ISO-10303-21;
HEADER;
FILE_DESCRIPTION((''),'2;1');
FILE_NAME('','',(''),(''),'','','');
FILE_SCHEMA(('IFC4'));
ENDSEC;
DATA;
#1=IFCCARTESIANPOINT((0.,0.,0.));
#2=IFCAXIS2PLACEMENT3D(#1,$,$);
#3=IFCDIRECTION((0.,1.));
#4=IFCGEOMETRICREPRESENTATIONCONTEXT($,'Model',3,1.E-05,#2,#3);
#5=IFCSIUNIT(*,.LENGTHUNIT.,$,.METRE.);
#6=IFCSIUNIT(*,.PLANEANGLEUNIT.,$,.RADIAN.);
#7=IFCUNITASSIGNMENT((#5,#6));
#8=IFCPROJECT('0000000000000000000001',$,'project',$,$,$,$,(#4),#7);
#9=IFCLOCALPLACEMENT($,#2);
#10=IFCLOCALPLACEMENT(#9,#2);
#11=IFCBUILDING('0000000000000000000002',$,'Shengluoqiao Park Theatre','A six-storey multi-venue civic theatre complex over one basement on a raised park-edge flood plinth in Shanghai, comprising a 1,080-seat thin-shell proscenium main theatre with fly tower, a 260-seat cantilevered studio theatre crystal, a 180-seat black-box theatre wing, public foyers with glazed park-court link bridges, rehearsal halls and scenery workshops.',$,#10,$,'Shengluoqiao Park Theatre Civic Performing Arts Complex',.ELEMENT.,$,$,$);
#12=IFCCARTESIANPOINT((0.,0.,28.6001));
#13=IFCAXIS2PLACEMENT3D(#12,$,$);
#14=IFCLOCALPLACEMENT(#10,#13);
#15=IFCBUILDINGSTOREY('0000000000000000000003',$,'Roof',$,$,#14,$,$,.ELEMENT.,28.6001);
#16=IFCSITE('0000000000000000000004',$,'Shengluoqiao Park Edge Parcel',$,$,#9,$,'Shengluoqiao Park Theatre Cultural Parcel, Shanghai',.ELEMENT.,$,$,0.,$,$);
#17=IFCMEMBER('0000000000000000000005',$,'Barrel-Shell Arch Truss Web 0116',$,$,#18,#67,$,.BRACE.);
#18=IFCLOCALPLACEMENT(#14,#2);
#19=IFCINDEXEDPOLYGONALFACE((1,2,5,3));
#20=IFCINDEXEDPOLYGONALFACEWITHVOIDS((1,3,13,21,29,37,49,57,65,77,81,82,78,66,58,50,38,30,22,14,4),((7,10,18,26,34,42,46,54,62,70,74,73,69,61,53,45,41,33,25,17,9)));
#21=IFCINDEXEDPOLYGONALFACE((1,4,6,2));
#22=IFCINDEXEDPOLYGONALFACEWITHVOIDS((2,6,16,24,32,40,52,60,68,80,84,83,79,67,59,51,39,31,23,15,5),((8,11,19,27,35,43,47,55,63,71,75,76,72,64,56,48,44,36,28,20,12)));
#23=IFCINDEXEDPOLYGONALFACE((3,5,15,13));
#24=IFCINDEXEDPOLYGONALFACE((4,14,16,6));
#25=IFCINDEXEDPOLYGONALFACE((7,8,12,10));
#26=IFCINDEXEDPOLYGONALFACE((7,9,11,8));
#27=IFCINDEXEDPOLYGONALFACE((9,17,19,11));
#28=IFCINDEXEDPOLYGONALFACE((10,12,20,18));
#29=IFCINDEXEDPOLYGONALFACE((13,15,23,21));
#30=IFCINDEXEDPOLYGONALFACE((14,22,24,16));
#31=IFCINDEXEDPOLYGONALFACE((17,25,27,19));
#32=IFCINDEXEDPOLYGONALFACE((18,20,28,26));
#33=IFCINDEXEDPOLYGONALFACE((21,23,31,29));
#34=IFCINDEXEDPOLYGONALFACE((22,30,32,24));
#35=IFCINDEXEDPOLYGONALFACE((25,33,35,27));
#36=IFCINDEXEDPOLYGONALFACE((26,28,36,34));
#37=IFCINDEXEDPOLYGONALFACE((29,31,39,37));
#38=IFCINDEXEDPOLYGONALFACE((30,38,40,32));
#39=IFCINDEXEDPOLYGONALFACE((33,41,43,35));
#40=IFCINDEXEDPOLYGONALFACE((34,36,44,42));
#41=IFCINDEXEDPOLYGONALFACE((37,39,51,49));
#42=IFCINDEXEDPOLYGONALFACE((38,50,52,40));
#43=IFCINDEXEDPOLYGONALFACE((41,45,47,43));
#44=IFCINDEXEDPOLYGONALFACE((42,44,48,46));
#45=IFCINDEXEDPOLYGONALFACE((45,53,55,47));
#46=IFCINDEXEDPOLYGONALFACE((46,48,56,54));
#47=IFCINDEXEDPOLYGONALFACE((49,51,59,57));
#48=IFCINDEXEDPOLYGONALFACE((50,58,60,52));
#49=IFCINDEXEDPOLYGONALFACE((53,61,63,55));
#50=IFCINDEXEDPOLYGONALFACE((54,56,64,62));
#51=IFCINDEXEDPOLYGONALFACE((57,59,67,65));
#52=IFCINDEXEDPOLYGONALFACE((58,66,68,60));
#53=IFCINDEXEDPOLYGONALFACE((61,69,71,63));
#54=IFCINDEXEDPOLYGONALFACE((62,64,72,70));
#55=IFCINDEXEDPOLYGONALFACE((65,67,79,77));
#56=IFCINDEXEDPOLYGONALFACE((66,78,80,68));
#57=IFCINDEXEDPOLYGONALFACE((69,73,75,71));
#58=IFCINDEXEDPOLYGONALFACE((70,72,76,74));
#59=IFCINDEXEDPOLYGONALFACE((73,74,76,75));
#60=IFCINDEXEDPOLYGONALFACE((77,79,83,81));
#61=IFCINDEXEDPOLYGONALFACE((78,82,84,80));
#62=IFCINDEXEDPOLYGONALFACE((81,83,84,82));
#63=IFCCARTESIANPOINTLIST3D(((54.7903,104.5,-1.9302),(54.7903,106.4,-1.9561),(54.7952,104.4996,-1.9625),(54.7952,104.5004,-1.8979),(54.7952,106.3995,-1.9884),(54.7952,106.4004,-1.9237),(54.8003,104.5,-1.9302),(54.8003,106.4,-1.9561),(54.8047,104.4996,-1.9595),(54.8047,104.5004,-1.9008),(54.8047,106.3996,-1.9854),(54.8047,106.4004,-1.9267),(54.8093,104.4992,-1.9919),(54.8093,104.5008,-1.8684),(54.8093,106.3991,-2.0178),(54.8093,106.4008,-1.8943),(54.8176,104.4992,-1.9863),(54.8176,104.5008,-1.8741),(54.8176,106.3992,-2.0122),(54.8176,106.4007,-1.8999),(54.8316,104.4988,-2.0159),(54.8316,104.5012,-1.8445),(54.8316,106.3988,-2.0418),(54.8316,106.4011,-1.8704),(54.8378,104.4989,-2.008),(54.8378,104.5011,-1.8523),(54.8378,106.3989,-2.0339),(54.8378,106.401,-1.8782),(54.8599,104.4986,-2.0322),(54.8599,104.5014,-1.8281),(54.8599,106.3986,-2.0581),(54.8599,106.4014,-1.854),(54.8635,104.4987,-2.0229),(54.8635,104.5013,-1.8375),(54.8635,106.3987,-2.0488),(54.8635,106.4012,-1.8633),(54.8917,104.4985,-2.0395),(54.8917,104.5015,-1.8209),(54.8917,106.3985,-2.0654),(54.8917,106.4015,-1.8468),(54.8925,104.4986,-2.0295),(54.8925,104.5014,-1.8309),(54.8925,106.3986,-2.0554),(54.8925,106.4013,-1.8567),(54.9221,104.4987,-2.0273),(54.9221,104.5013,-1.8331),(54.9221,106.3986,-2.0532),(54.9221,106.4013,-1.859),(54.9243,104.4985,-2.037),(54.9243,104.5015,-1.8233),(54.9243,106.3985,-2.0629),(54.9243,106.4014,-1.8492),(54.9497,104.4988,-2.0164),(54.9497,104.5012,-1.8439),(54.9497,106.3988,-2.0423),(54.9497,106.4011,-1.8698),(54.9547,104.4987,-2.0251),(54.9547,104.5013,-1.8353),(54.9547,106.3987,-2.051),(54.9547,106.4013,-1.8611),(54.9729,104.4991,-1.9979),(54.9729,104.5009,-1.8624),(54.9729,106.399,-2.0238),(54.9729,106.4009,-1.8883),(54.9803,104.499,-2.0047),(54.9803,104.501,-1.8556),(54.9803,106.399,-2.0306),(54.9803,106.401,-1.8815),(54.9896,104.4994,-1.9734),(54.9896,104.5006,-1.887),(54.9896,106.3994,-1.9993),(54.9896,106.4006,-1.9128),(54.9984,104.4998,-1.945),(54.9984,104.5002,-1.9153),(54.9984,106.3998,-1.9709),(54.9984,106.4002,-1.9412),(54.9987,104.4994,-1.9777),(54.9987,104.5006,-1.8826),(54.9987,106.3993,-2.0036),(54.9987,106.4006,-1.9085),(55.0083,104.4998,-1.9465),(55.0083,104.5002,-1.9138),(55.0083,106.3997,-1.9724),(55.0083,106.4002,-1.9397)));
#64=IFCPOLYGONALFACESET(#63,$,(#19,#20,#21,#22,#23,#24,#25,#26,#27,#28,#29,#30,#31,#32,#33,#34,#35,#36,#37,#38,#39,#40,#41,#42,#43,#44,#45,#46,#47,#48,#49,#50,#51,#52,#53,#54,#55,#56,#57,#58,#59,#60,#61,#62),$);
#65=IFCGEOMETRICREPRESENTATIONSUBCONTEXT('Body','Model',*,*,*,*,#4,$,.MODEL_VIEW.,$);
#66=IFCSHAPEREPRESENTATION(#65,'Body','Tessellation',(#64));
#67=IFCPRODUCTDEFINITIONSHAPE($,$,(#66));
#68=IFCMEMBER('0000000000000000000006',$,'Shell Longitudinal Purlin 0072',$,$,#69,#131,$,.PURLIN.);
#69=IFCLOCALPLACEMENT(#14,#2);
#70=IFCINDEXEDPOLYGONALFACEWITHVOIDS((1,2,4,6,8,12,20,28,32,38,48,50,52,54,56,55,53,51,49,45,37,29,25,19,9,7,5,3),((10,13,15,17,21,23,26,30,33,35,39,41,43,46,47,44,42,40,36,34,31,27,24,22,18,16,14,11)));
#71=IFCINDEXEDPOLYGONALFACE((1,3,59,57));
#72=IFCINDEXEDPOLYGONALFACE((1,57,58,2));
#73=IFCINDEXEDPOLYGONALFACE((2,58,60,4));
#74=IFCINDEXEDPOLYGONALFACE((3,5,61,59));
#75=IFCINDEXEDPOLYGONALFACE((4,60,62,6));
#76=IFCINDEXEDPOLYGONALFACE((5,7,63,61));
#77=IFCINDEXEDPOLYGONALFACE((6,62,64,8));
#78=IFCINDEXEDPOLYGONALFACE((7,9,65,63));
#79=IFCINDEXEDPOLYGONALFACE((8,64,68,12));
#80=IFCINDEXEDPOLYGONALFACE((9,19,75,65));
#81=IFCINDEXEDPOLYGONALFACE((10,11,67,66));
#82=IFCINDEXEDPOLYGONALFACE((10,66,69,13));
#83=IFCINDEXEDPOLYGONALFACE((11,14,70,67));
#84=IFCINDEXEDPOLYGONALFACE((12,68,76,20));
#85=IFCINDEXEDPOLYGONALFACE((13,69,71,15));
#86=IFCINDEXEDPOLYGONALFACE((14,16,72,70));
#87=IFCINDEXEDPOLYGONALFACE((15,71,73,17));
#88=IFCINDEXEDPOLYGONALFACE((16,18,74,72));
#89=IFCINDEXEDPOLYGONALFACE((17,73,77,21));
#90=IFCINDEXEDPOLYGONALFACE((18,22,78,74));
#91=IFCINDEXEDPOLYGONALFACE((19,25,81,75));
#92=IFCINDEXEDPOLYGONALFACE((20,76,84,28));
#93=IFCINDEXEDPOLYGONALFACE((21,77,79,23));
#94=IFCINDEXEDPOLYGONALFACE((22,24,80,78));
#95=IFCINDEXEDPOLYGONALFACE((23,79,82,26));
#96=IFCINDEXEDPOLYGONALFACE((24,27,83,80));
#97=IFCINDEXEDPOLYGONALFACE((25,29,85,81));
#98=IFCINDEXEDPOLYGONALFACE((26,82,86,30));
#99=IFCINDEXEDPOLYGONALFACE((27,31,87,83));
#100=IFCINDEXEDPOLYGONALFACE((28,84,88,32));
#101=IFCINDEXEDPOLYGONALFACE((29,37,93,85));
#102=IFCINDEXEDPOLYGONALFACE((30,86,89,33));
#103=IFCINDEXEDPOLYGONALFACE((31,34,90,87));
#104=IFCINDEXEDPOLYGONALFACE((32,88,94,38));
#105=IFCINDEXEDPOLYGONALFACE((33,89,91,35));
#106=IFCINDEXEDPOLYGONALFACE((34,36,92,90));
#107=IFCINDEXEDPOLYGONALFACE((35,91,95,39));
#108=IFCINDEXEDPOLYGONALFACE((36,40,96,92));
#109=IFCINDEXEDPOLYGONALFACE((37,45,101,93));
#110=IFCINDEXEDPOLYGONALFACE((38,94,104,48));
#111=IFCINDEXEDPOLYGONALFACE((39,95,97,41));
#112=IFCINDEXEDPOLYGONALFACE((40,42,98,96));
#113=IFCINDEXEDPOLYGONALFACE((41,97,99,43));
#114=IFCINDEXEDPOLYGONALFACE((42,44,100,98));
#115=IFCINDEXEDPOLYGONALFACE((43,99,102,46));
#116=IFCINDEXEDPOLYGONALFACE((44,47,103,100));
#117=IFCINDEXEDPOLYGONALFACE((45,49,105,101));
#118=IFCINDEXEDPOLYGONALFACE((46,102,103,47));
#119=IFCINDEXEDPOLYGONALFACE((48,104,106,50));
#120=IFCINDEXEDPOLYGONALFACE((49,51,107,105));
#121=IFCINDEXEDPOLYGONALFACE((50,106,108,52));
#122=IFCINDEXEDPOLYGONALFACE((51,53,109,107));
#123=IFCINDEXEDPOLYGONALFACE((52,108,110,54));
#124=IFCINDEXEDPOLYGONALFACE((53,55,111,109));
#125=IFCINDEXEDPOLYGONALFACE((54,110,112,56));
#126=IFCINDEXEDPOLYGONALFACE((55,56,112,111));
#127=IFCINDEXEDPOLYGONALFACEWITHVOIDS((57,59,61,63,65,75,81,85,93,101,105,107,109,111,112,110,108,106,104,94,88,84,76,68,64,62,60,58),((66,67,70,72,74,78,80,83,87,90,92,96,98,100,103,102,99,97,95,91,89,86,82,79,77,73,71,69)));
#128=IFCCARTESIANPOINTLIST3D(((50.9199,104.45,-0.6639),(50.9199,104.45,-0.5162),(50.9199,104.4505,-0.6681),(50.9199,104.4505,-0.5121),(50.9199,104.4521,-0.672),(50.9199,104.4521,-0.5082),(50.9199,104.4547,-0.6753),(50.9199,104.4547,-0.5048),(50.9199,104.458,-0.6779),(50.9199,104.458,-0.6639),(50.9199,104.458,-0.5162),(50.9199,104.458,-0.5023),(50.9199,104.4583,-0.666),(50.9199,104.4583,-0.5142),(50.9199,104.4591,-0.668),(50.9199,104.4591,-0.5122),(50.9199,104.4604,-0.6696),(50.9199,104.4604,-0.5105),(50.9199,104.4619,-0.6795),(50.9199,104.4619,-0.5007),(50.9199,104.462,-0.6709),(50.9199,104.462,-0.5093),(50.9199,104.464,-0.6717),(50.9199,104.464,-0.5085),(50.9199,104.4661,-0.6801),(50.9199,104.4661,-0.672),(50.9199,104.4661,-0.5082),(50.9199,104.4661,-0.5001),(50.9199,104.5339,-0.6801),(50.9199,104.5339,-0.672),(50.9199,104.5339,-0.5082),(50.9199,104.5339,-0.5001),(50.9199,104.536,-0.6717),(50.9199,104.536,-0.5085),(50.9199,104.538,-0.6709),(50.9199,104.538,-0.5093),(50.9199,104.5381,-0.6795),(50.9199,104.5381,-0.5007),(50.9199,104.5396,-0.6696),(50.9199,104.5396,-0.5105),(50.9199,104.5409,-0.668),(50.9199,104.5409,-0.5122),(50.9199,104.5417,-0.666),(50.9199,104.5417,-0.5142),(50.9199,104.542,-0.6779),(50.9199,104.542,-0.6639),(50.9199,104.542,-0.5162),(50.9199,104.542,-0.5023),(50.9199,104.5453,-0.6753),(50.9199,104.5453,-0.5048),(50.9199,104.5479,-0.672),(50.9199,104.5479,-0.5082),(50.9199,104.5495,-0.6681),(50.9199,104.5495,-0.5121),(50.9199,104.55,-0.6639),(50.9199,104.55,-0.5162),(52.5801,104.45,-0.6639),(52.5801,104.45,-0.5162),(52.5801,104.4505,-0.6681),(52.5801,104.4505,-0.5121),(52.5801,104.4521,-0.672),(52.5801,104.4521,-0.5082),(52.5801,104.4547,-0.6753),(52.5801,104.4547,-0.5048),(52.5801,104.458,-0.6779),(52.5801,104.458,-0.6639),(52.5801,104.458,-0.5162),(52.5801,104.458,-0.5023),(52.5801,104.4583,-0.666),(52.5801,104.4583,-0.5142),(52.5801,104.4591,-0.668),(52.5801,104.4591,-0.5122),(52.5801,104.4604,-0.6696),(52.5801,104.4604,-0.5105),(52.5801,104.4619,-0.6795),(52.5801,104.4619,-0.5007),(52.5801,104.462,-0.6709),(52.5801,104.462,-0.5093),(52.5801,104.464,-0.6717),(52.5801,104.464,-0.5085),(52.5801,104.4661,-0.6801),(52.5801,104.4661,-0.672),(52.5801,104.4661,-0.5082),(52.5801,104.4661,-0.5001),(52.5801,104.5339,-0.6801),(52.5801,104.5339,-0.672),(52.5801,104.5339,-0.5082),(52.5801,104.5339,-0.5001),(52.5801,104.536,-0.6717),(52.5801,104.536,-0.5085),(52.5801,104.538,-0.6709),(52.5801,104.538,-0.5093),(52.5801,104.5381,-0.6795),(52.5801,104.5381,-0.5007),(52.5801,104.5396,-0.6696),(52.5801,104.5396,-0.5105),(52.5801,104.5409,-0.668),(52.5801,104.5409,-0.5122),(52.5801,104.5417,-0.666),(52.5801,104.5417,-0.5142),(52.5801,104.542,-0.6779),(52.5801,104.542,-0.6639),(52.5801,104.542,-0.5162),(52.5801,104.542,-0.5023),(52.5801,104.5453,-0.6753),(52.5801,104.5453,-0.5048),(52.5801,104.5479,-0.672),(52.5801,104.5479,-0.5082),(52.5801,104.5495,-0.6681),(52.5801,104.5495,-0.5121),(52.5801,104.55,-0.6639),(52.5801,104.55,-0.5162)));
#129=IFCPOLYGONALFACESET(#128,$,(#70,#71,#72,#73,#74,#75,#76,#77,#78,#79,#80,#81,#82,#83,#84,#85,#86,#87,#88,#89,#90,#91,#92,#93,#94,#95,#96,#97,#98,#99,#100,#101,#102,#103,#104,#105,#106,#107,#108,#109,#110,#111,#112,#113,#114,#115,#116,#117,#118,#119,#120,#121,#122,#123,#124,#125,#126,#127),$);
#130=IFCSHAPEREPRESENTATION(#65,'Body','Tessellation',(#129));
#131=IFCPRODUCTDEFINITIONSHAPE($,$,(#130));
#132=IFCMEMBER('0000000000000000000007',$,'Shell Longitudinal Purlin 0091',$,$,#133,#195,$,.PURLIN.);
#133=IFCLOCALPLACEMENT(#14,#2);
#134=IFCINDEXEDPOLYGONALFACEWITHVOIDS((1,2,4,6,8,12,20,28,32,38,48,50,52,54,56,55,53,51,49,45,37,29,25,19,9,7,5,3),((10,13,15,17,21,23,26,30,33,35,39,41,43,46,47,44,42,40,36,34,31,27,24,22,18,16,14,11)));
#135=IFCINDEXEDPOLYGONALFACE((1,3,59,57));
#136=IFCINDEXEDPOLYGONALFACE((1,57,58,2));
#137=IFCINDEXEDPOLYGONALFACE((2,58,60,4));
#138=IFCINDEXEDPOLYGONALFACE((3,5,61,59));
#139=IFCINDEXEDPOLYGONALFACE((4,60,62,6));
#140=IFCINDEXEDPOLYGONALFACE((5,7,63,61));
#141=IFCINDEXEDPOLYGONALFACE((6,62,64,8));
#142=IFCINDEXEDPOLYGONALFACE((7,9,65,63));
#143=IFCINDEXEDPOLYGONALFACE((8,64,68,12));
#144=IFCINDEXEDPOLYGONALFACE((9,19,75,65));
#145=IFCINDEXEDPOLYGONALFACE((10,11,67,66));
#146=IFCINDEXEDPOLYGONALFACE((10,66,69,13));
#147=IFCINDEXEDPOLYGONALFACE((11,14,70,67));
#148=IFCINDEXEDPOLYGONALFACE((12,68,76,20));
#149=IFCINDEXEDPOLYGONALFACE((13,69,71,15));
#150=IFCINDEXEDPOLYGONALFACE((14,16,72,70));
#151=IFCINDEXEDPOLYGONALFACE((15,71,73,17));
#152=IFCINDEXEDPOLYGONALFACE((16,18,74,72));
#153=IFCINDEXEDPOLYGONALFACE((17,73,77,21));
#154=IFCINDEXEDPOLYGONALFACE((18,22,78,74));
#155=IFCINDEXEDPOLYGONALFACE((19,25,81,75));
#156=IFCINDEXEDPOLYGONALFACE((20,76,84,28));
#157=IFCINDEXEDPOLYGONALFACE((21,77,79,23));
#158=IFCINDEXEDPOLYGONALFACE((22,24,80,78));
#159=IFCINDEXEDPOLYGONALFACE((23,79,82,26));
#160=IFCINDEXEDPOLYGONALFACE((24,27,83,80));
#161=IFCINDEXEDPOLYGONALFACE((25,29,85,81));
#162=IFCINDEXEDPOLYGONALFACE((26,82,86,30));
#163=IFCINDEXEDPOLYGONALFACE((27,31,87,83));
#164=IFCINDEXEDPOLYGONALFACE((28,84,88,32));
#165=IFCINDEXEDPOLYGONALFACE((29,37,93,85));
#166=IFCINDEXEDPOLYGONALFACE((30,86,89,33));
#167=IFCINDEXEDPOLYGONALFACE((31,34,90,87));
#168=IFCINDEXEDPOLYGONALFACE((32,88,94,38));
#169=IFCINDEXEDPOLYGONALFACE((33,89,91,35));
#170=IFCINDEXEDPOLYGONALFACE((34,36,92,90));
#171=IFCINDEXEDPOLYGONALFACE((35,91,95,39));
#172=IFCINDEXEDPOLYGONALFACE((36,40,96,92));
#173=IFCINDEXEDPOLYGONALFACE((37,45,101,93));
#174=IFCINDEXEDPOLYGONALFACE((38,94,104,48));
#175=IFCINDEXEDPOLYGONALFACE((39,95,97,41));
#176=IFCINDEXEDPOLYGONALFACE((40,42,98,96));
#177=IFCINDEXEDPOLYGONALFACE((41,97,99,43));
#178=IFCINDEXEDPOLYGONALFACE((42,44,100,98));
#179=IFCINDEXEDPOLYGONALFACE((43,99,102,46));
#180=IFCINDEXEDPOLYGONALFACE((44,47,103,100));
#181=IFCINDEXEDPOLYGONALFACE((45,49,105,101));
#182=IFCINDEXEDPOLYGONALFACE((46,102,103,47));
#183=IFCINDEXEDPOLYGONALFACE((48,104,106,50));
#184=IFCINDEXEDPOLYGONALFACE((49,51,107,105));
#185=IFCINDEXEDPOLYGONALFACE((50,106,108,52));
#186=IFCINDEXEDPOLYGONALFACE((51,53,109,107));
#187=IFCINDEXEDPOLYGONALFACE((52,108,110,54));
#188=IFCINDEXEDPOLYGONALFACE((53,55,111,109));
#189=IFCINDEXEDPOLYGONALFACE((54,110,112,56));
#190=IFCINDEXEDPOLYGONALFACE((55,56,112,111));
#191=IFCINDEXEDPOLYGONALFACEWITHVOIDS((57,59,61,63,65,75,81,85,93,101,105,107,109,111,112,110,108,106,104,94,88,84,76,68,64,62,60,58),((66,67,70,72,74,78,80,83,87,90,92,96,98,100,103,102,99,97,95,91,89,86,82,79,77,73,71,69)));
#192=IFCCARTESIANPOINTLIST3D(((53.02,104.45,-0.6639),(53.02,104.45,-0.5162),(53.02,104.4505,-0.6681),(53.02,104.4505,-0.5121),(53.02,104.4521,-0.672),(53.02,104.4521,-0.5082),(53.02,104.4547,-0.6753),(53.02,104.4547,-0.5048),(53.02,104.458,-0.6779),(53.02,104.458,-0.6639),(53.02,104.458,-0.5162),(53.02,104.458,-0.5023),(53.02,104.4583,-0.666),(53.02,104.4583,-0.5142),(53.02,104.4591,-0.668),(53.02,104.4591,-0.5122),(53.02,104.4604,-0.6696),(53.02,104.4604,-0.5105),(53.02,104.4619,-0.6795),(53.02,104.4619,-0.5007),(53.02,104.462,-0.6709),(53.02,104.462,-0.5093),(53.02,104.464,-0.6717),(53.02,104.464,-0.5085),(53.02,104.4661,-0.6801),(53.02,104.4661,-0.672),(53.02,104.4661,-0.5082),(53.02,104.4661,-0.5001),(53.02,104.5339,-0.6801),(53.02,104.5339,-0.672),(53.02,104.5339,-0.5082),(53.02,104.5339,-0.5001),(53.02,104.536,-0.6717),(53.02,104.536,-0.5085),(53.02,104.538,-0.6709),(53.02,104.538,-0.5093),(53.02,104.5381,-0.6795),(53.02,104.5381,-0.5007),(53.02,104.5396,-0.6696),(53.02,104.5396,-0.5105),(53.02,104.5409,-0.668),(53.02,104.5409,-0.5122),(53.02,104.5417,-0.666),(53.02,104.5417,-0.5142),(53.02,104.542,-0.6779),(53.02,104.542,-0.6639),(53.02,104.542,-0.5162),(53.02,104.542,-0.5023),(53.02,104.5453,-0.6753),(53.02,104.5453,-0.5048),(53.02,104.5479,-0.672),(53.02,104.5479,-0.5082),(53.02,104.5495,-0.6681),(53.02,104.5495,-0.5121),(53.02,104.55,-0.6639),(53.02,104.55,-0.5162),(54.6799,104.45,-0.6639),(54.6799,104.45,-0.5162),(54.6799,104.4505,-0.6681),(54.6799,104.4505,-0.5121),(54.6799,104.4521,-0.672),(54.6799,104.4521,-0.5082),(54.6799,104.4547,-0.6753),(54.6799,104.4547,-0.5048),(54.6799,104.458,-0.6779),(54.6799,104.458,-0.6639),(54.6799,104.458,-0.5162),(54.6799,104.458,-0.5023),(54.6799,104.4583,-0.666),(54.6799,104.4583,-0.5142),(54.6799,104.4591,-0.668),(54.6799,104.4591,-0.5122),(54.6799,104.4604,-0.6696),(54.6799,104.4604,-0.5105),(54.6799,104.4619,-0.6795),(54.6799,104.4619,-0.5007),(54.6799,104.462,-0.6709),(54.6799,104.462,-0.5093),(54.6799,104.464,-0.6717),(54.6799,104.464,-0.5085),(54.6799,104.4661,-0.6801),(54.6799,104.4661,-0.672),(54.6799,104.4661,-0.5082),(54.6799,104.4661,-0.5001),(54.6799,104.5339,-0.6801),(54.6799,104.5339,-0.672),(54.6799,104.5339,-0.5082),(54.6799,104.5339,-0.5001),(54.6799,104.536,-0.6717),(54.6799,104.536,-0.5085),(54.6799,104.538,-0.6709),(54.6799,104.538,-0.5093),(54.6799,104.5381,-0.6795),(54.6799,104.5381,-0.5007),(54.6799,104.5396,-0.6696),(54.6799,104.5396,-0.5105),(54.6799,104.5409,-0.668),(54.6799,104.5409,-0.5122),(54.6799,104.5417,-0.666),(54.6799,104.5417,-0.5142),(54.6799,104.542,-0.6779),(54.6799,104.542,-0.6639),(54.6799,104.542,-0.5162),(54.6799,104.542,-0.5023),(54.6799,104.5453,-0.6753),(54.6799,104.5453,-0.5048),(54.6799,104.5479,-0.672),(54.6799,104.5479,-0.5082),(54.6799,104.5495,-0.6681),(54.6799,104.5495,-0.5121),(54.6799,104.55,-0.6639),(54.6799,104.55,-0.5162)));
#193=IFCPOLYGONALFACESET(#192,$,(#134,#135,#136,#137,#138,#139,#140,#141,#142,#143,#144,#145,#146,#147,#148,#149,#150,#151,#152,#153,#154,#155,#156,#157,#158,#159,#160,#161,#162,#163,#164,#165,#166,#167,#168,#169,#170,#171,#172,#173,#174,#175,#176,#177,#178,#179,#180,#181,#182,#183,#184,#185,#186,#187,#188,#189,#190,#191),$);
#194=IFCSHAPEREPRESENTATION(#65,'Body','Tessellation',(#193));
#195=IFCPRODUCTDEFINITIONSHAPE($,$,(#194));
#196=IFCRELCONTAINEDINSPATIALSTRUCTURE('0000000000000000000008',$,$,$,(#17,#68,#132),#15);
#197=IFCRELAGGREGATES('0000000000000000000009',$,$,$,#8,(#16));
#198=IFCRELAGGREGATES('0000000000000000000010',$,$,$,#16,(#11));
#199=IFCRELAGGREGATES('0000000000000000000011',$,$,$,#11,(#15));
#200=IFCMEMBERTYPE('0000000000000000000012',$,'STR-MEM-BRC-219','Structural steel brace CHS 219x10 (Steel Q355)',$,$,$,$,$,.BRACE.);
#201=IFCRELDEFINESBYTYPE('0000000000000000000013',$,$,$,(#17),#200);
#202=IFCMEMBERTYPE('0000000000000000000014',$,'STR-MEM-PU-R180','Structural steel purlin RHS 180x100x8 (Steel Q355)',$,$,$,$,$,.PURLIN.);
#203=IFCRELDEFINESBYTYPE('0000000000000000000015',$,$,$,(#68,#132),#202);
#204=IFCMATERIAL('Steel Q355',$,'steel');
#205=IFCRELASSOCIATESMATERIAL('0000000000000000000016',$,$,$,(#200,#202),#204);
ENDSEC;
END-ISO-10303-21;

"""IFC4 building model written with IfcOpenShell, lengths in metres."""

from ifc_helpers import new_model, si_unit, direction, frame, origin, origin_2d, place, context, subcontext, project, spatial, hollow_rectangle, hollow_circle, extrude, material, material_profile, profile_set, type_object, element, save


model = new_model("IFC4")

# Units and contexts
model_context = context("Model", 3, precision=1e-05, world=origin(), true_north=direction((0.0, 1.0)))
body_context = subcontext(model_context, "Body", "Model", "MODEL_VIEW")
ifc_project = project(units=[si_unit("LENGTHUNIT", "METRE"), si_unit("PLANEANGLEUNIT", "RADIAN")], contexts=[model_context])

# Site, building, storey
site_placement = place(None, origin())
site = spatial("IfcSite", under=ifc_project, at=site_placement, Name="Shengluoqiao Park Edge Parcel", LongName="Shengluoqiao Park Theatre Cultural Parcel, Shanghai", CompositionType="ELEMENT", RefElevation=0.0)
building_placement = place(site_placement, origin())
building = spatial("IfcBuilding", under=site, at=building_placement, Name="Shengluoqiao Park Theatre", Description="A six-storey multi-venue civic theatre complex over one basement on a raised park-edge flood plinth in Shanghai, comprising a 1,080-seat thin-shell proscenium main theatre with fly tower, a 260-seat cantilevered studio theatre crystal, a 180-seat black-box theatre wing, public foyers with glazed park-court link bridges, rehearsal halls and scenery workshops.", LongName="Shengluoqiao Park Theatre Civic Performing Arts Complex", CompositionType="ELEMENT")
storey_placement = place(building_placement, frame((0.0, 0.0, 28.6001)))
storey = spatial("IfcBuildingStorey", under=building, at=storey_placement, Name="Roof", CompositionType="ELEMENT", Elevation=28.6001)

# Shared definitions
ifc_material_1 = material(Name="Steel Q355", Category="steel")

# Members
ifc_material_profile_1 = material_profile(ifc_material_1, hollow_circle(Radius=0.1096, WallThickness=0.01, at=origin_2d()), Name="CHS 219x10")
ifc_profile_set_1 = profile_set([ifc_material_profile_1], Name="Steel Q355")
member_type_1 = type_object("IfcMemberType", Name="STR-MEM-BRC-219", Description="Structural steel brace CHS 219x10 (Steel Q355)", PredefinedType="BRACE", material=ifc_profile_set_1)
for number, where, z_axis, x_axis, name in (
    (1, (54.8999, 104.5, -1.9302), (0.0, 0.999907, -0.01362), (-1.0, 0.0, 0.0), "Barrel-Shell Arch Truss Web 0116"),
):
    element("IfcMember", number, at=place(storey_placement, frame(where, z_axis=z_axis, x_axis=x_axis)), inside=storey, type_object=member_type_1, Name=name, PredefinedType="BRACE", context=body_context, shape_type="SweptSolid", body=[
        extrude(hollow_circle(Radius=0.1096, WallThickness=0.01, at=origin_2d()), origin(), (0.0, 0.0, 1.0), 1.9001),
    ])
ifc_material_profile_2 = material_profile(ifc_material_1, hollow_rectangle(XDim=0.1001, YDim=0.1799, WallThickness=0.0081, InnerFilletRadius=0.0081, OuterFilletRadius=0.0161, at=origin_2d()), Name="RHS 180x100x8")
ifc_profile_set_2 = profile_set([ifc_material_profile_2], Name="Steel Q355")
member_type_2 = type_object("IfcMemberType", Name="STR-MEM-PU-R180", Description="Structural steel purlin RHS 180x100x8 (Steel Q355)", PredefinedType="PURLIN", material=ifc_profile_set_2)
member_placement = place(storey_placement, frame((50.9199, 104.5, -0.5901), z_axis=(1.0, 0.0, 0.0), x_axis=(0.0, 1.0, 0.0)))
element("IfcMember", 2, at=member_placement, inside=storey, type_object=member_type_2, Name="Shell Longitudinal Purlin 0072", PredefinedType="PURLIN", context=body_context, shape_type="SweptSolid", body=[
    extrude(hollow_rectangle(XDim=0.1001, YDim=0.1799, WallThickness=0.0081, InnerFilletRadius=0.0081, OuterFilletRadius=0.0161, at=origin_2d()), origin(), (0.0, 0.0, 1.0), 1.6602),
])
for number, where, z_axis, x_axis, name in (
    (3, (53.02, 104.5, -0.5901), (1.0, 0.0, 0.0), (0.0, 1.0, 0.0), "Shell Longitudinal Purlin 0091"),
):
    element("IfcMember", number, at=place(storey_placement, frame(where, z_axis=z_axis, x_axis=x_axis)), inside=storey, type_object=member_type_2, Name=name, PredefinedType="PURLIN", context=body_context, shape_type="SweptSolid", body=[
        extrude(hollow_rectangle(XDim=0.1001, YDim=0.1799, WallThickness=0.0081, InnerFilletRadius=0.0081, OuterFilletRadius=0.0161, at=origin_2d()), origin(), (0.0, 0.0, 1.0), 1.6599),
    ])

save(model, "model.ifc")
